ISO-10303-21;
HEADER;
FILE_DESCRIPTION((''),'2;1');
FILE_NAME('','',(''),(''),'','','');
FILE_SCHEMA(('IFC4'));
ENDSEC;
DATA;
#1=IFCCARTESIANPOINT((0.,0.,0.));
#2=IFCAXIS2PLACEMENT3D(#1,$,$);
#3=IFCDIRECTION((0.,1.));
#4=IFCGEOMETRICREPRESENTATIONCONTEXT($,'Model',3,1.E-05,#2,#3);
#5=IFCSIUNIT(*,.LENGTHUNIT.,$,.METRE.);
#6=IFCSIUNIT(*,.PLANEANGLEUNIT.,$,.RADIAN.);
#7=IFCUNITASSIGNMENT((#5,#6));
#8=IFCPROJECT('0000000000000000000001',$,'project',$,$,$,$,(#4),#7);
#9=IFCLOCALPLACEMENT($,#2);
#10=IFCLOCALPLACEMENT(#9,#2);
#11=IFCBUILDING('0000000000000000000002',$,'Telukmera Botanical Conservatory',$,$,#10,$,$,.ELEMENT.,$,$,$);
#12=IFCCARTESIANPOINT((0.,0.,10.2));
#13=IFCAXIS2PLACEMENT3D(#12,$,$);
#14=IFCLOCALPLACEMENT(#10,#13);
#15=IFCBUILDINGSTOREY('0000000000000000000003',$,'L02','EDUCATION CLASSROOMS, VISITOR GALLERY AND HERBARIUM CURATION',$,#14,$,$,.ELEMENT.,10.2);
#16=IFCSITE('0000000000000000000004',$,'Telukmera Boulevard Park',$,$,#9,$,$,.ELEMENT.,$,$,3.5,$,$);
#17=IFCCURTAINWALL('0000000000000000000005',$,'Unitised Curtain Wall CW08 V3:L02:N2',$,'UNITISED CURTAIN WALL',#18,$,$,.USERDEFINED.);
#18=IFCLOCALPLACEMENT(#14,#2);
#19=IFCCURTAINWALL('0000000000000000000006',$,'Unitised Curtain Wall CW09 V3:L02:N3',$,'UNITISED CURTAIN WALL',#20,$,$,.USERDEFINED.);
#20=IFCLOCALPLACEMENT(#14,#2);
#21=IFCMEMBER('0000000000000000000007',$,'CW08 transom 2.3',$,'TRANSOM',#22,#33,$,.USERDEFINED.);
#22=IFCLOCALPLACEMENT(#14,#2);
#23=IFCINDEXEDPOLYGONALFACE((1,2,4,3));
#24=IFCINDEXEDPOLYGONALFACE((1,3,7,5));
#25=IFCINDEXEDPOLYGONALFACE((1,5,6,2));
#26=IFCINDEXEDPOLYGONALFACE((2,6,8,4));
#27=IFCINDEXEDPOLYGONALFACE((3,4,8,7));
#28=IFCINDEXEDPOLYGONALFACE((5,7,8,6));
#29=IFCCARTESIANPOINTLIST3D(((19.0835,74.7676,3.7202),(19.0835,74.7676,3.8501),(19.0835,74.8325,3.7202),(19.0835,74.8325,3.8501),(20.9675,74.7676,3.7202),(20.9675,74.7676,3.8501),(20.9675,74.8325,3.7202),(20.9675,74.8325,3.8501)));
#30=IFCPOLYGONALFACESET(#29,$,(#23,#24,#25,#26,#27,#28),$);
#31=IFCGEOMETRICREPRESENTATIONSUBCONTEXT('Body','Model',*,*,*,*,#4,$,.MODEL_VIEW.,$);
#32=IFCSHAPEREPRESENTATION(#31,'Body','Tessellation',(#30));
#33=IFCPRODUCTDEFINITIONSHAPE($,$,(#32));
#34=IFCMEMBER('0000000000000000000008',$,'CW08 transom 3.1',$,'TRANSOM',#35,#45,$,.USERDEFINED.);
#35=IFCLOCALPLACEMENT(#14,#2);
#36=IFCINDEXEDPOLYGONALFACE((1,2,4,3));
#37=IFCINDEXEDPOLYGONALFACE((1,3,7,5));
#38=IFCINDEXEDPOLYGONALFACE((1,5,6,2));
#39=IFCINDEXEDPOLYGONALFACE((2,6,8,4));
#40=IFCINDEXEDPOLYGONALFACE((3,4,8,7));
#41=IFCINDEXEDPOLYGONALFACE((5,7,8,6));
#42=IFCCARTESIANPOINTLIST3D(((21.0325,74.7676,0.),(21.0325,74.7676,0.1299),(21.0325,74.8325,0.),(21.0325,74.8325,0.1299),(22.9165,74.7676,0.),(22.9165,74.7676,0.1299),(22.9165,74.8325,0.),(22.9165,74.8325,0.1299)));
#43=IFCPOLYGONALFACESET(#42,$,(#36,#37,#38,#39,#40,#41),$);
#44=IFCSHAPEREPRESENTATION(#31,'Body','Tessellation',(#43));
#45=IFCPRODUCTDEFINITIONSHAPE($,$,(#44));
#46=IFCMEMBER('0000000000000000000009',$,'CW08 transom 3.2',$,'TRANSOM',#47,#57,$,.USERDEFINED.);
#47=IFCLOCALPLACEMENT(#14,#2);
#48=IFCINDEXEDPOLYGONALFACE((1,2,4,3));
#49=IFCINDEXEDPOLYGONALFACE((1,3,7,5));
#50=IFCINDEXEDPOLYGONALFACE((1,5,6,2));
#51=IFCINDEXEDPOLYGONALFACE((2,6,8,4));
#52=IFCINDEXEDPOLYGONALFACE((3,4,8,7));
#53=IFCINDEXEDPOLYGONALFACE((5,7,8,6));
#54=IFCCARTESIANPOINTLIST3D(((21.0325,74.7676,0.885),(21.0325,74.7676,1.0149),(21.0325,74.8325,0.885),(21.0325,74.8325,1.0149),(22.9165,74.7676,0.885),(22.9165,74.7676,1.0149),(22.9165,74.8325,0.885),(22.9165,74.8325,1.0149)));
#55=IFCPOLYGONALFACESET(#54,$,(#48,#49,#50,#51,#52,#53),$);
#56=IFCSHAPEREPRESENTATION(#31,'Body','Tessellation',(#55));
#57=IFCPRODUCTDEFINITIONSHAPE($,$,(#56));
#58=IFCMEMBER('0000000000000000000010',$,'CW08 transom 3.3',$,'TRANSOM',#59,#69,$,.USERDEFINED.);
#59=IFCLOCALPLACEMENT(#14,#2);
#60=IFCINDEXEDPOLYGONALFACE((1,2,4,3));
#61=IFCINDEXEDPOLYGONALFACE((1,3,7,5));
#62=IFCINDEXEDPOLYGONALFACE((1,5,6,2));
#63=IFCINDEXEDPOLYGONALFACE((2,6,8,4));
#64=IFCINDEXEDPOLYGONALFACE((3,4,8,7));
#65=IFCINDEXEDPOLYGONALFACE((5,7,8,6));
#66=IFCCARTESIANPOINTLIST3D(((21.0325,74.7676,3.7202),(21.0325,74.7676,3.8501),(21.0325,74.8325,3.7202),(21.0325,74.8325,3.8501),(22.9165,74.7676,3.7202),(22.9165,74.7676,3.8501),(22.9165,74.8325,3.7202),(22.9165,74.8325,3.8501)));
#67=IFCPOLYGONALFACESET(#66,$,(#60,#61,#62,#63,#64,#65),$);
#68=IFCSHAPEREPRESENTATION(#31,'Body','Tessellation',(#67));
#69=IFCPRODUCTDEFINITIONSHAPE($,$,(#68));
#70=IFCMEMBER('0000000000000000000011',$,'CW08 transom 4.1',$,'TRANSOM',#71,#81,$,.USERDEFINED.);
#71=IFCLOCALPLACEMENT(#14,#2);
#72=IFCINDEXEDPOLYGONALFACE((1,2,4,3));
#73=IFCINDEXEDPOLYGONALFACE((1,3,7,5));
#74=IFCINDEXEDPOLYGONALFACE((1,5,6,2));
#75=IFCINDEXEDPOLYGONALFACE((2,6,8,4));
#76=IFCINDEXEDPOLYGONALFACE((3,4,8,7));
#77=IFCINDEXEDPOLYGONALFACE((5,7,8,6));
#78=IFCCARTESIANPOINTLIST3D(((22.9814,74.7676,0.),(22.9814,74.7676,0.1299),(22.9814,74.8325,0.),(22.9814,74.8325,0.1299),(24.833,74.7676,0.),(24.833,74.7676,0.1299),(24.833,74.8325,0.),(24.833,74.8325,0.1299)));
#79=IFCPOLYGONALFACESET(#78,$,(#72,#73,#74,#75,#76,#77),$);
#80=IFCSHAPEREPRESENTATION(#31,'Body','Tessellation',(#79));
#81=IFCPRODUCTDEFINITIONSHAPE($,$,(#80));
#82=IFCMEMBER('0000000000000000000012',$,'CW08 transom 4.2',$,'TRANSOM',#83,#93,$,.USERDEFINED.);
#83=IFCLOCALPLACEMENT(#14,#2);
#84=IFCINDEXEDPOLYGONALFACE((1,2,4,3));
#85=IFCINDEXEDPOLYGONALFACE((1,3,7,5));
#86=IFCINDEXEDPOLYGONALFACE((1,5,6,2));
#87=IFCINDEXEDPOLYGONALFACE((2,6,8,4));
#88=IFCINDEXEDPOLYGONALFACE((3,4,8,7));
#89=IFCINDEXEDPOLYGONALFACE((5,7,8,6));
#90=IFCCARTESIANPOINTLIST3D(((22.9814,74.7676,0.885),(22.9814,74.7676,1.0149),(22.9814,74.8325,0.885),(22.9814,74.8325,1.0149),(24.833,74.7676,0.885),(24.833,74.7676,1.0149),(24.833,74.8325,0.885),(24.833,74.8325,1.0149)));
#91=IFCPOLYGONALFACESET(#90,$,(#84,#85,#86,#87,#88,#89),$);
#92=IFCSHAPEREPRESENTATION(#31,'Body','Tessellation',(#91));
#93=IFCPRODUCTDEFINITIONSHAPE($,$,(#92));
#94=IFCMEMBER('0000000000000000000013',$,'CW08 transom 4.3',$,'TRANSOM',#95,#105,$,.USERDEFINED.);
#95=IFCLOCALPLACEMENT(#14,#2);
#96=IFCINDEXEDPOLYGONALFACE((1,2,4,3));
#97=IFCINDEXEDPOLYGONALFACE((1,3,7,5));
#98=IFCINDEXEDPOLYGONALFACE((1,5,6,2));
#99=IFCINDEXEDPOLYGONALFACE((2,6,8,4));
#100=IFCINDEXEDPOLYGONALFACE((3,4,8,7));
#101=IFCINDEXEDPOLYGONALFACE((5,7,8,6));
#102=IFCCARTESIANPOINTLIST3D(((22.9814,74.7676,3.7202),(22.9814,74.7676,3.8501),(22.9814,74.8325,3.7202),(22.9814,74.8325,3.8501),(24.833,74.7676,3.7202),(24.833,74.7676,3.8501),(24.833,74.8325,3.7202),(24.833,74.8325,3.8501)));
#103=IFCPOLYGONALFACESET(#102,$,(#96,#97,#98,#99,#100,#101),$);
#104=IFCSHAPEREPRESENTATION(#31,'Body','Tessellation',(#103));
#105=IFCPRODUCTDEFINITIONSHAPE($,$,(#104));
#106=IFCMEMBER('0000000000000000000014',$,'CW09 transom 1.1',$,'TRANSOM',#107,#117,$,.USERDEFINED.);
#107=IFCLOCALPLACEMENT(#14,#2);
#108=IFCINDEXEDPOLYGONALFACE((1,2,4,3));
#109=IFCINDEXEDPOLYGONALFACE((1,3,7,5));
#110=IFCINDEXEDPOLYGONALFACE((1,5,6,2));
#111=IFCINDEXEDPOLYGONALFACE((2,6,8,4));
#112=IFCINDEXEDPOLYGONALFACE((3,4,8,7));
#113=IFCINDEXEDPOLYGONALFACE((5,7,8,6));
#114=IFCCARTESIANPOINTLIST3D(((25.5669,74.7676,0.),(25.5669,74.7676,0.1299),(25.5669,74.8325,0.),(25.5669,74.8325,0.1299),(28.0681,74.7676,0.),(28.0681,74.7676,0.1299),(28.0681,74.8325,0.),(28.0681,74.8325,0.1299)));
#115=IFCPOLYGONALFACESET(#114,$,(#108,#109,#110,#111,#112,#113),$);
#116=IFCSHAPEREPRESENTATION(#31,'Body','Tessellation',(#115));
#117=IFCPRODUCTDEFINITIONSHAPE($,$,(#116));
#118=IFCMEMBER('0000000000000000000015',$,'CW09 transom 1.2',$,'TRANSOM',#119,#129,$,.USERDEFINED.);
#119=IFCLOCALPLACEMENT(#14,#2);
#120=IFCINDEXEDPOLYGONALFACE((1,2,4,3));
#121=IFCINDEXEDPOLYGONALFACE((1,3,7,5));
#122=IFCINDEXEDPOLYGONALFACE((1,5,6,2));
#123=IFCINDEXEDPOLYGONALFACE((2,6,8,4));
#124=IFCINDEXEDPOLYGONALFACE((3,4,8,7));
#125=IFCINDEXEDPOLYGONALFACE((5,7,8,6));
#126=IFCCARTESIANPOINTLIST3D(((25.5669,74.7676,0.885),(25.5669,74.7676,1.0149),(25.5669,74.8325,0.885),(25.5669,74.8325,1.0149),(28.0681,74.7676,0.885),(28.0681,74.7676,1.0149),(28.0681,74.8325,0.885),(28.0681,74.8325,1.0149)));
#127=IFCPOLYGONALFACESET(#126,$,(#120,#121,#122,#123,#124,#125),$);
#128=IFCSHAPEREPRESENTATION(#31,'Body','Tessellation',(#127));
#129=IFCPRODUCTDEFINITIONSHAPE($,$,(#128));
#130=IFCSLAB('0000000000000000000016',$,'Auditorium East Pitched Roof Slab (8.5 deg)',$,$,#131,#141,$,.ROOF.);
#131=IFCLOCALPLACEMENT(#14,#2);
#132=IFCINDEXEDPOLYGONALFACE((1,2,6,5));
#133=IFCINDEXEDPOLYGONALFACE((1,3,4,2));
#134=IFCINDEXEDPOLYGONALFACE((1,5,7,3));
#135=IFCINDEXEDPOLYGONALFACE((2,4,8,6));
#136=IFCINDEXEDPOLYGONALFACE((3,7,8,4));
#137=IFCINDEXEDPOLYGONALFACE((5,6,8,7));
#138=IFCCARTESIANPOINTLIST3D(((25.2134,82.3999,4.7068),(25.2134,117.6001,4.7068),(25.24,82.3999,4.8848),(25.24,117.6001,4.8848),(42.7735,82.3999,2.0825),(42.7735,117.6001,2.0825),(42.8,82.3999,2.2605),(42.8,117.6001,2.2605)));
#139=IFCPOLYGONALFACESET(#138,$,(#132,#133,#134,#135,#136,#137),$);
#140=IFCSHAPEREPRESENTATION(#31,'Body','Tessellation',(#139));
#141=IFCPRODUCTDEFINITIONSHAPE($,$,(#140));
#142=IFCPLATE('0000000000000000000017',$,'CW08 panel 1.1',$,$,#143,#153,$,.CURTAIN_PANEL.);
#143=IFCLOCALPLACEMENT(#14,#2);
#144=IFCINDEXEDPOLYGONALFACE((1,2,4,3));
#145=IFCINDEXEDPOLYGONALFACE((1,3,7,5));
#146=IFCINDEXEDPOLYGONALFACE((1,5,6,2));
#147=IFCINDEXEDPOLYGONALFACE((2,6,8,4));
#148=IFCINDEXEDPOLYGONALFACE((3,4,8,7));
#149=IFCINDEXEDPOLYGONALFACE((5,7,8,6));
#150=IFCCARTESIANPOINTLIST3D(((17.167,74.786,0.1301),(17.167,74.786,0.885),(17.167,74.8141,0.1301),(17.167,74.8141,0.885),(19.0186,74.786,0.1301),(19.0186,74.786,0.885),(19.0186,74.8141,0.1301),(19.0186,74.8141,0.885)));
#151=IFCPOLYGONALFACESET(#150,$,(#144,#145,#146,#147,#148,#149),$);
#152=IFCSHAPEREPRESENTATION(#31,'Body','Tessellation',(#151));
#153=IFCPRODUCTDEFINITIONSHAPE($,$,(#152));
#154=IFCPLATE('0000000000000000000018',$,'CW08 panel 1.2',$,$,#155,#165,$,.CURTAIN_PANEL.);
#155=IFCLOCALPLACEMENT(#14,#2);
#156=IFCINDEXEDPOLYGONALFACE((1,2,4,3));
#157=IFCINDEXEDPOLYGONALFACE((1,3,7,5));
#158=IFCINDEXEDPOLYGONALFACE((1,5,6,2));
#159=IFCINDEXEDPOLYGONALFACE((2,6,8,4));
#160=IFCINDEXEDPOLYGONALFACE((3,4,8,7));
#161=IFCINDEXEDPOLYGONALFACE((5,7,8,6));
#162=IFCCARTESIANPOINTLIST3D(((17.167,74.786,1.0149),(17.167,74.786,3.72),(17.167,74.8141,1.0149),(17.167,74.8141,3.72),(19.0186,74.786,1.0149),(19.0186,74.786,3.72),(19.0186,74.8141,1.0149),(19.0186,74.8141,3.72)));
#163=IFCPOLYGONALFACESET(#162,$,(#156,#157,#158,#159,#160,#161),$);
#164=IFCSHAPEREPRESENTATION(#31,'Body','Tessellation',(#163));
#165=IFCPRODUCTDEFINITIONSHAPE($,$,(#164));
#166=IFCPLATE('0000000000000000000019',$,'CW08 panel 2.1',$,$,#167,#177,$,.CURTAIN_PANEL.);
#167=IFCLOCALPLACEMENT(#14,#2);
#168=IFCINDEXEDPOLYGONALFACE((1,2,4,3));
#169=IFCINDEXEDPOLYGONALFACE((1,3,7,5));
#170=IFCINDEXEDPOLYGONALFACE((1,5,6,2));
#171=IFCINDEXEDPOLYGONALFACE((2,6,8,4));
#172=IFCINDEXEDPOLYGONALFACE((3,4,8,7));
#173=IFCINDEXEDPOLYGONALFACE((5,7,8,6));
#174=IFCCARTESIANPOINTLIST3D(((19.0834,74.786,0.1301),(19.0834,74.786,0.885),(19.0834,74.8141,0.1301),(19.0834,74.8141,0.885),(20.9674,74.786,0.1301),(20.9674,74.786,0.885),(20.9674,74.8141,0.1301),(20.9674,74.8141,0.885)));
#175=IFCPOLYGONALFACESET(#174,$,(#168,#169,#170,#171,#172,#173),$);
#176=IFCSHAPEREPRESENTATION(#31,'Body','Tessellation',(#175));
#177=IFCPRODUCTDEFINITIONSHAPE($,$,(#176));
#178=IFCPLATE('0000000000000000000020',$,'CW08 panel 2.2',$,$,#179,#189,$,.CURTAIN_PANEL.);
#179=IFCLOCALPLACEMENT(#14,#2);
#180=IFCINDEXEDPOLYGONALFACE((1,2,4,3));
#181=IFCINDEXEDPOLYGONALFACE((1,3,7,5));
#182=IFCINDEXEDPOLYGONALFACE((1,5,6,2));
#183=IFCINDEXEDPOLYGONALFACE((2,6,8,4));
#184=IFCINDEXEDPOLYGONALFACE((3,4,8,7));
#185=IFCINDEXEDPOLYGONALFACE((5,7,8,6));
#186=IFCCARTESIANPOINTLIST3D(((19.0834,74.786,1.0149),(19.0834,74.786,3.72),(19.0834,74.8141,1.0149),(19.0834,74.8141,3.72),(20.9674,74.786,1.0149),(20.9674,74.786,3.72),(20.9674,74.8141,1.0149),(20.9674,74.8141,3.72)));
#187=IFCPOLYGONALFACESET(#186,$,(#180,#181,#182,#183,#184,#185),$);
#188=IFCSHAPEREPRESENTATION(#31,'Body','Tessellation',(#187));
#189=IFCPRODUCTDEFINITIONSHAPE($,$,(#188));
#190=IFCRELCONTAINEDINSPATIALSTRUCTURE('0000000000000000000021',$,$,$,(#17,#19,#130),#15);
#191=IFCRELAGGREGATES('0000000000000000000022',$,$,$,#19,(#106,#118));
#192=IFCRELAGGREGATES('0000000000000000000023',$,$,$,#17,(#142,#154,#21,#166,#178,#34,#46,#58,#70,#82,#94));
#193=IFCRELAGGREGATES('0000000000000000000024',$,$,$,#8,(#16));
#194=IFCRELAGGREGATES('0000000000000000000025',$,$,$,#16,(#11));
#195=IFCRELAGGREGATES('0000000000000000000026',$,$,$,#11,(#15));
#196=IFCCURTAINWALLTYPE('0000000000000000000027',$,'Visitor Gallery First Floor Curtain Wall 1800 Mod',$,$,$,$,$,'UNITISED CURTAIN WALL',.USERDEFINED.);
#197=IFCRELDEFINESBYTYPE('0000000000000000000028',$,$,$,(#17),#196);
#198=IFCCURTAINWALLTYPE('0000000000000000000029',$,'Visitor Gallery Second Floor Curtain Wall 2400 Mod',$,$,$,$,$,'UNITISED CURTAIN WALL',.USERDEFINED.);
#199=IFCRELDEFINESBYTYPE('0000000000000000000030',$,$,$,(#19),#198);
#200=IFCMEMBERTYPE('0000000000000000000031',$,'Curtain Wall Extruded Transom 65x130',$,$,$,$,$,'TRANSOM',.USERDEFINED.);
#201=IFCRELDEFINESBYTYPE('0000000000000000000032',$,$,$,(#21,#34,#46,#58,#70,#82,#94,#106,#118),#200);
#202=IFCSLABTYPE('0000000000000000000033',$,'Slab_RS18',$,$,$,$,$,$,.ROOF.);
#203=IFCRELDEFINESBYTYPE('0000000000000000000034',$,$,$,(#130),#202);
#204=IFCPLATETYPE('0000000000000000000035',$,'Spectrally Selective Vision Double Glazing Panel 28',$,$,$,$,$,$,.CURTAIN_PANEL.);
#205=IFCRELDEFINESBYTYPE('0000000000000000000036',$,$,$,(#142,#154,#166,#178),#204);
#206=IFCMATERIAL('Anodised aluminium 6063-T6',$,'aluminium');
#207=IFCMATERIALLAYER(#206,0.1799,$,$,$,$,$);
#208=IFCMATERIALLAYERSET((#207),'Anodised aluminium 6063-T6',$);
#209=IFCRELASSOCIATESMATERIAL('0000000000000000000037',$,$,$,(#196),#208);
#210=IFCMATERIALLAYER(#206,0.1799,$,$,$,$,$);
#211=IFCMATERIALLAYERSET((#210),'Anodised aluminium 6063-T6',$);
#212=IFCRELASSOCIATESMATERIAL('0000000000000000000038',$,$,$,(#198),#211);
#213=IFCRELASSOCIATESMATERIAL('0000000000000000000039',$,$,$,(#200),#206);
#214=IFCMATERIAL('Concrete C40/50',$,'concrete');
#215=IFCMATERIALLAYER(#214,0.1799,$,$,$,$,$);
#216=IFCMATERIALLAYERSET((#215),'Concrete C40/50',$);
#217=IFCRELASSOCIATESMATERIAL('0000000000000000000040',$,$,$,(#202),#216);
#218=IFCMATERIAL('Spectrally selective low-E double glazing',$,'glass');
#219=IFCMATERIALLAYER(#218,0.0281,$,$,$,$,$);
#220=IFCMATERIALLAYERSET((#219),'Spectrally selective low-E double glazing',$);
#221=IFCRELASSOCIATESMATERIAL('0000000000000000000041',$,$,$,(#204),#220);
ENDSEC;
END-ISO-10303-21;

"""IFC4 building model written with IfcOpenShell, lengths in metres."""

from ifc_helpers import new_model, si_unit, direction, frame, origin, origin_2d, place, context, subcontext, project, spatial, polyline, rectangle, outline, extrude, material, layer, layer_set, material_profile, profile_set, type_object, element, aggregate, save


model = new_model("IFC4")

# Units and contexts
model_context = context("Model", 3, precision=1e-05, world=origin(), true_north=direction((0.0, 1.0)))
body_context = subcontext(model_context, "Body", "Model", "MODEL_VIEW")
ifc_project = project(units=[si_unit("LENGTHUNIT", "METRE"), si_unit("PLANEANGLEUNIT", "RADIAN")], contexts=[model_context])

# Site, building, storey
site_placement = place(None, origin())
site = spatial("IfcSite", under=ifc_project, at=site_placement, Name="Telukmera Boulevard Park", CompositionType="ELEMENT", RefElevation=3.5)
building_placement = place(site_placement, origin())
building = spatial("IfcBuilding", under=site, at=building_placement, Name="Telukmera Botanical Conservatory", CompositionType="ELEMENT")
storey_placement = place(building_placement, frame((0.0, 0.0, 10.2)))
storey = spatial("IfcBuildingStorey", under=building, at=storey_placement, Name="L02", Description="EDUCATION CLASSROOMS, VISITOR GALLERY AND HERBARIUM CURATION", CompositionType="ELEMENT", Elevation=10.2)

# Shared definitions
ifc_material_1 = material(Name="Concrete C40/50", Category="concrete")

# Curtain wall
ifc_material_2 = material(Name="Anodised aluminium 6063-T6", Category="aluminium")
ifc_layer_1 = layer(ifc_material_2, 0.1799)
ifc_layer_set_1 = layer_set([ifc_layer_1], Name="Anodised aluminium 6063-T6")
curtain_wall_type_1 = type_object("IfcCurtainWallType", Name="Visitor Gallery First Floor Curtain Wall 1800 Mod", ElementType="UNITISED CURTAIN WALL", PredefinedType="USERDEFINED", material=ifc_layer_set_1)
curtain_wall_1_placement = place(storey_placement, origin())
curtain_wall_1 = element("IfcCurtainWall", 1, at=curtain_wall_1_placement, inside=storey, type_object=curtain_wall_type_1, Name="Unitised Curtain Wall CW08 V3:L02:N2", ObjectType="UNITISED CURTAIN WALL", PredefinedType="USERDEFINED")

# Curtain wall
ifc_layer_2 = layer(ifc_material_2, 0.1799)
ifc_layer_set_2 = layer_set([ifc_layer_2], Name="Anodised aluminium 6063-T6")
curtain_wall_type_2 = type_object("IfcCurtainWallType", Name="Visitor Gallery Second Floor Curtain Wall 2400 Mod", ElementType="UNITISED CURTAIN WALL", PredefinedType="USERDEFINED", material=ifc_layer_set_2)
curtain_wall_2_placement = place(storey_placement, origin())
curtain_wall_2 = element("IfcCurtainWall", 2, at=curtain_wall_2_placement, inside=storey, type_object=curtain_wall_type_2, Name="Unitised Curtain Wall CW09 V3:L02:N3", ObjectType="UNITISED CURTAIN WALL", PredefinedType="USERDEFINED")

# Members
ifc_material_profile_1 = material_profile(ifc_material_2, rectangle(XDim=0.0649, YDim=0.1299, at=origin_2d()), Name="ALU TRAN 65x130")
ifc_profile_set_1 = profile_set([ifc_material_profile_1], Name="Anodised aluminium 6063-T6")
member_type_1 = type_object("IfcMemberType", Name="Curtain Wall Extruded Transom 65x130", ElementType="TRANSOM", PredefinedType="USERDEFINED", material=ifc_profile_set_1)
member_1_placement = place(storey_placement, frame((19.0835, 74.8, 3.7852), z_axis=(1.0, 0.0, 0.0), x_axis=(0.0, 1.0, 0.0)))
member_1 = element("IfcMember", 3, at=member_1_placement, type_object=member_type_1, Name="CW08 transom 2.3", ObjectType="TRANSOM", PredefinedType="USERDEFINED", context=body_context, shape_type="SweptSolid", body=[
    extrude(rectangle(XDim=0.0649, YDim=0.1299, at=origin_2d()), origin(), (0.0, 0.0, 1.0), 1.884),
])
member_2_placement = place(storey_placement, frame((21.0325, 74.8, 0.0649), z_axis=(1.0, 0.0, 0.0), x_axis=(0.0, 1.0, 0.0)))
member_2 = element("IfcMember", 4, at=member_2_placement, type_object=member_type_1, Name="CW08 transom 3.1", ObjectType="TRANSOM", PredefinedType="USERDEFINED", context=body_context, shape_type="SweptSolid", body=[
    extrude(rectangle(XDim=0.0649, YDim=0.1299, at=origin_2d()), origin(), (0.0, 0.0, 1.0), 1.884),
])
member_3_placement = place(storey_placement, frame((21.0325, 74.8, 0.95), z_axis=(1.0, 0.0, 0.0), x_axis=(0.0, 1.0, 0.0)))
member_3 = element("IfcMember", 5, at=member_3_placement, type_object=member_type_1, Name="CW08 transom 3.2", ObjectType="TRANSOM", PredefinedType="USERDEFINED", context=body_context, shape_type="SweptSolid", body=[
    extrude(rectangle(XDim=0.0649, YDim=0.1299, at=origin_2d()), origin(), (0.0, 0.0, 1.0), 1.884),
])
member_4_placement = place(storey_placement, frame((21.0325, 74.8, 3.7852), z_axis=(1.0, 0.0, 0.0), x_axis=(0.0, 1.0, 0.0)))
member_4 = element("IfcMember", 6, at=member_4_placement, type_object=member_type_1, Name="CW08 transom 3.3", ObjectType="TRANSOM", PredefinedType="USERDEFINED", context=body_context, shape_type="SweptSolid", body=[
    extrude(rectangle(XDim=0.0649, YDim=0.1299, at=origin_2d()), origin(), (0.0, 0.0, 1.0), 1.884),
])
member_5_placement = place(storey_placement, frame((22.9814, 74.8, 0.0649), z_axis=(1.0, 0.0, 0.0), x_axis=(0.0, 1.0, 0.0)))
member_5 = element("IfcMember", 7, at=member_5_placement, type_object=member_type_1, Name="CW08 transom 4.1", ObjectType="TRANSOM", PredefinedType="USERDEFINED", context=body_context, shape_type="SweptSolid", body=[
    extrude(rectangle(XDim=0.0649, YDim=0.1299, at=origin_2d()), origin(), (0.0, 0.0, 1.0), 1.8516),
])
member_6_placement = place(storey_placement, frame((22.9814, 74.8, 0.95), z_axis=(1.0, 0.0, 0.0), x_axis=(0.0, 1.0, 0.0)))
member_6 = element("IfcMember", 8, at=member_6_placement, type_object=member_type_1, Name="CW08 transom 4.2", ObjectType="TRANSOM", PredefinedType="USERDEFINED", context=body_context, shape_type="SweptSolid", body=[
    extrude(rectangle(XDim=0.0649, YDim=0.1299, at=origin_2d()), origin(), (0.0, 0.0, 1.0), 1.8516),
])
member_7_placement = place(storey_placement, frame((22.9814, 74.8, 3.7852), z_axis=(1.0, 0.0, 0.0), x_axis=(0.0, 1.0, 0.0)))
member_7 = element("IfcMember", 9, at=member_7_placement, type_object=member_type_1, Name="CW08 transom 4.3", ObjectType="TRANSOM", PredefinedType="USERDEFINED", context=body_context, shape_type="SweptSolid", body=[
    extrude(rectangle(XDim=0.0649, YDim=0.1299, at=origin_2d()), origin(), (0.0, 0.0, 1.0), 1.8516),
])
member_8_placement = place(storey_placement, frame((25.5669, 74.8, 0.0649), z_axis=(1.0, 0.0, 0.0), x_axis=(0.0, 1.0, 0.0)))
member_8 = element("IfcMember", 10, at=member_8_placement, type_object=member_type_1, Name="CW09 transom 1.1", ObjectType="TRANSOM", PredefinedType="USERDEFINED", context=body_context, shape_type="SweptSolid", body=[
    extrude(rectangle(XDim=0.0649, YDim=0.1299, at=origin_2d()), origin(), (0.0, 0.0, 1.0), 2.5012),
])
member_9_placement = place(storey_placement, frame((25.5669, 74.8, 0.95), z_axis=(1.0, 0.0, 0.0), x_axis=(0.0, 1.0, 0.0)))
member_9 = element("IfcMember", 11, at=member_9_placement, type_object=member_type_1, Name="CW09 transom 1.2", ObjectType="TRANSOM", PredefinedType="USERDEFINED", context=body_context, shape_type="SweptSolid", body=[
    extrude(rectangle(XDim=0.0649, YDim=0.1299, at=origin_2d()), origin(), (0.0, 0.0, 1.0), 2.5012),
])
aggregate(curtain_wall_2, [member_8, member_9])

# Slab
ifc_layer_3 = layer(ifc_material_1, 0.1799)
ifc_layer_set_3 = layer_set([ifc_layer_3], Name="Concrete C40/50")
slab_type = type_object("IfcSlabType", Name="Slab_RS18", PredefinedType="ROOF", material=ifc_layer_set_3)
slab_placement = place(storey_placement, frame((25.24, 82.3999, 4.8848), z_axis=(0.147804, 0.0, 0.989017), x_axis=(0.989017, 0.0, -0.147804)))
element("IfcSlab", 12, at=slab_placement, inside=storey, type_object=slab_type, Name="Auditorium East Pitched Roof Slab (8.5 deg)", PredefinedType="ROOF", context=body_context, shape_type="SweptSolid", body=[
    extrude(outline(polyline([(0.0, 0.0), (17.7551, 0.0), (17.7551, 35.2002), (0.0, 35.2002), (0.0, 0.0)])), origin(), (0.0, 0.0, -1.0), 0.1799),
])

# Plates
ifc_material_3 = material(Name="Spectrally selective low-E double glazing", Category="glass")
ifc_layer_4 = layer(ifc_material_3, 0.0281)
ifc_layer_set_4 = layer_set([ifc_layer_4], Name="Spectrally selective low-E double glazing")
plate_type = type_object("IfcPlateType", Name="Spectrally Selective Vision Double Glazing Panel 28", PredefinedType="CURTAIN_PANEL", material=ifc_layer_set_4)
plate_1_placement = place(storey_placement, frame((18.0928, 74.8, 0.1301), z_axis=(0.0, 0.0, 1.0), x_axis=(1.0, 0.0, 0.0)))
plate_1 = element("IfcPlate", 13, at=plate_1_placement, type_object=plate_type, Name="CW08 panel 1.1", PredefinedType="CURTAIN_PANEL", context=body_context, shape_type="SweptSolid", body=[
    extrude(rectangle(XDim=1.8516, YDim=0.0281, at=origin_2d()), origin(), (0.0, 0.0, 1.0), 0.7549),
])
plate_2_placement = place(storey_placement, frame((18.0928, 74.8, 1.0149), z_axis=(0.0, 0.0, 1.0), x_axis=(1.0, 0.0, 0.0)))
plate_2 = element("IfcPlate", 14, at=plate_2_placement, type_object=plate_type, Name="CW08 panel 1.2", PredefinedType="CURTAIN_PANEL", context=body_context, shape_type="SweptSolid", body=[
    extrude(rectangle(XDim=1.8516, YDim=0.0281, at=origin_2d()), origin(), (0.0, 0.0, 1.0), 2.7051),
])
plate_3_placement = place(storey_placement, frame((20.0254, 74.8, 0.1301), z_axis=(0.0, 0.0, 1.0), x_axis=(1.0, 0.0, 0.0)))
plate_3 = element("IfcPlate", 15, at=plate_3_placement, type_object=plate_type, Name="CW08 panel 2.1", PredefinedType="CURTAIN_PANEL", context=body_context, shape_type="SweptSolid", body=[
    extrude(rectangle(XDim=1.884, YDim=0.0281, at=origin_2d()), origin(), (0.0, 0.0, 1.0), 0.7549),
])
plate_4_placement = place(storey_placement, frame((20.0254, 74.8, 1.0149), z_axis=(0.0, 0.0, 1.0), x_axis=(1.0, 0.0, 0.0)))
plate_4 = element("IfcPlate", 16, at=plate_4_placement, type_object=plate_type, Name="CW08 panel 2.2", PredefinedType="CURTAIN_PANEL", context=body_context, shape_type="SweptSolid", body=[
    extrude(rectangle(XDim=1.884, YDim=0.0281, at=origin_2d()), origin(), (0.0, 0.0, 1.0), 2.7051),
])
aggregate(curtain_wall_1, [plate_1, plate_2, member_1, plate_3, plate_4, member_2, member_3, member_4, member_5, member_6, member_7])

save(model, "model.ifc")
